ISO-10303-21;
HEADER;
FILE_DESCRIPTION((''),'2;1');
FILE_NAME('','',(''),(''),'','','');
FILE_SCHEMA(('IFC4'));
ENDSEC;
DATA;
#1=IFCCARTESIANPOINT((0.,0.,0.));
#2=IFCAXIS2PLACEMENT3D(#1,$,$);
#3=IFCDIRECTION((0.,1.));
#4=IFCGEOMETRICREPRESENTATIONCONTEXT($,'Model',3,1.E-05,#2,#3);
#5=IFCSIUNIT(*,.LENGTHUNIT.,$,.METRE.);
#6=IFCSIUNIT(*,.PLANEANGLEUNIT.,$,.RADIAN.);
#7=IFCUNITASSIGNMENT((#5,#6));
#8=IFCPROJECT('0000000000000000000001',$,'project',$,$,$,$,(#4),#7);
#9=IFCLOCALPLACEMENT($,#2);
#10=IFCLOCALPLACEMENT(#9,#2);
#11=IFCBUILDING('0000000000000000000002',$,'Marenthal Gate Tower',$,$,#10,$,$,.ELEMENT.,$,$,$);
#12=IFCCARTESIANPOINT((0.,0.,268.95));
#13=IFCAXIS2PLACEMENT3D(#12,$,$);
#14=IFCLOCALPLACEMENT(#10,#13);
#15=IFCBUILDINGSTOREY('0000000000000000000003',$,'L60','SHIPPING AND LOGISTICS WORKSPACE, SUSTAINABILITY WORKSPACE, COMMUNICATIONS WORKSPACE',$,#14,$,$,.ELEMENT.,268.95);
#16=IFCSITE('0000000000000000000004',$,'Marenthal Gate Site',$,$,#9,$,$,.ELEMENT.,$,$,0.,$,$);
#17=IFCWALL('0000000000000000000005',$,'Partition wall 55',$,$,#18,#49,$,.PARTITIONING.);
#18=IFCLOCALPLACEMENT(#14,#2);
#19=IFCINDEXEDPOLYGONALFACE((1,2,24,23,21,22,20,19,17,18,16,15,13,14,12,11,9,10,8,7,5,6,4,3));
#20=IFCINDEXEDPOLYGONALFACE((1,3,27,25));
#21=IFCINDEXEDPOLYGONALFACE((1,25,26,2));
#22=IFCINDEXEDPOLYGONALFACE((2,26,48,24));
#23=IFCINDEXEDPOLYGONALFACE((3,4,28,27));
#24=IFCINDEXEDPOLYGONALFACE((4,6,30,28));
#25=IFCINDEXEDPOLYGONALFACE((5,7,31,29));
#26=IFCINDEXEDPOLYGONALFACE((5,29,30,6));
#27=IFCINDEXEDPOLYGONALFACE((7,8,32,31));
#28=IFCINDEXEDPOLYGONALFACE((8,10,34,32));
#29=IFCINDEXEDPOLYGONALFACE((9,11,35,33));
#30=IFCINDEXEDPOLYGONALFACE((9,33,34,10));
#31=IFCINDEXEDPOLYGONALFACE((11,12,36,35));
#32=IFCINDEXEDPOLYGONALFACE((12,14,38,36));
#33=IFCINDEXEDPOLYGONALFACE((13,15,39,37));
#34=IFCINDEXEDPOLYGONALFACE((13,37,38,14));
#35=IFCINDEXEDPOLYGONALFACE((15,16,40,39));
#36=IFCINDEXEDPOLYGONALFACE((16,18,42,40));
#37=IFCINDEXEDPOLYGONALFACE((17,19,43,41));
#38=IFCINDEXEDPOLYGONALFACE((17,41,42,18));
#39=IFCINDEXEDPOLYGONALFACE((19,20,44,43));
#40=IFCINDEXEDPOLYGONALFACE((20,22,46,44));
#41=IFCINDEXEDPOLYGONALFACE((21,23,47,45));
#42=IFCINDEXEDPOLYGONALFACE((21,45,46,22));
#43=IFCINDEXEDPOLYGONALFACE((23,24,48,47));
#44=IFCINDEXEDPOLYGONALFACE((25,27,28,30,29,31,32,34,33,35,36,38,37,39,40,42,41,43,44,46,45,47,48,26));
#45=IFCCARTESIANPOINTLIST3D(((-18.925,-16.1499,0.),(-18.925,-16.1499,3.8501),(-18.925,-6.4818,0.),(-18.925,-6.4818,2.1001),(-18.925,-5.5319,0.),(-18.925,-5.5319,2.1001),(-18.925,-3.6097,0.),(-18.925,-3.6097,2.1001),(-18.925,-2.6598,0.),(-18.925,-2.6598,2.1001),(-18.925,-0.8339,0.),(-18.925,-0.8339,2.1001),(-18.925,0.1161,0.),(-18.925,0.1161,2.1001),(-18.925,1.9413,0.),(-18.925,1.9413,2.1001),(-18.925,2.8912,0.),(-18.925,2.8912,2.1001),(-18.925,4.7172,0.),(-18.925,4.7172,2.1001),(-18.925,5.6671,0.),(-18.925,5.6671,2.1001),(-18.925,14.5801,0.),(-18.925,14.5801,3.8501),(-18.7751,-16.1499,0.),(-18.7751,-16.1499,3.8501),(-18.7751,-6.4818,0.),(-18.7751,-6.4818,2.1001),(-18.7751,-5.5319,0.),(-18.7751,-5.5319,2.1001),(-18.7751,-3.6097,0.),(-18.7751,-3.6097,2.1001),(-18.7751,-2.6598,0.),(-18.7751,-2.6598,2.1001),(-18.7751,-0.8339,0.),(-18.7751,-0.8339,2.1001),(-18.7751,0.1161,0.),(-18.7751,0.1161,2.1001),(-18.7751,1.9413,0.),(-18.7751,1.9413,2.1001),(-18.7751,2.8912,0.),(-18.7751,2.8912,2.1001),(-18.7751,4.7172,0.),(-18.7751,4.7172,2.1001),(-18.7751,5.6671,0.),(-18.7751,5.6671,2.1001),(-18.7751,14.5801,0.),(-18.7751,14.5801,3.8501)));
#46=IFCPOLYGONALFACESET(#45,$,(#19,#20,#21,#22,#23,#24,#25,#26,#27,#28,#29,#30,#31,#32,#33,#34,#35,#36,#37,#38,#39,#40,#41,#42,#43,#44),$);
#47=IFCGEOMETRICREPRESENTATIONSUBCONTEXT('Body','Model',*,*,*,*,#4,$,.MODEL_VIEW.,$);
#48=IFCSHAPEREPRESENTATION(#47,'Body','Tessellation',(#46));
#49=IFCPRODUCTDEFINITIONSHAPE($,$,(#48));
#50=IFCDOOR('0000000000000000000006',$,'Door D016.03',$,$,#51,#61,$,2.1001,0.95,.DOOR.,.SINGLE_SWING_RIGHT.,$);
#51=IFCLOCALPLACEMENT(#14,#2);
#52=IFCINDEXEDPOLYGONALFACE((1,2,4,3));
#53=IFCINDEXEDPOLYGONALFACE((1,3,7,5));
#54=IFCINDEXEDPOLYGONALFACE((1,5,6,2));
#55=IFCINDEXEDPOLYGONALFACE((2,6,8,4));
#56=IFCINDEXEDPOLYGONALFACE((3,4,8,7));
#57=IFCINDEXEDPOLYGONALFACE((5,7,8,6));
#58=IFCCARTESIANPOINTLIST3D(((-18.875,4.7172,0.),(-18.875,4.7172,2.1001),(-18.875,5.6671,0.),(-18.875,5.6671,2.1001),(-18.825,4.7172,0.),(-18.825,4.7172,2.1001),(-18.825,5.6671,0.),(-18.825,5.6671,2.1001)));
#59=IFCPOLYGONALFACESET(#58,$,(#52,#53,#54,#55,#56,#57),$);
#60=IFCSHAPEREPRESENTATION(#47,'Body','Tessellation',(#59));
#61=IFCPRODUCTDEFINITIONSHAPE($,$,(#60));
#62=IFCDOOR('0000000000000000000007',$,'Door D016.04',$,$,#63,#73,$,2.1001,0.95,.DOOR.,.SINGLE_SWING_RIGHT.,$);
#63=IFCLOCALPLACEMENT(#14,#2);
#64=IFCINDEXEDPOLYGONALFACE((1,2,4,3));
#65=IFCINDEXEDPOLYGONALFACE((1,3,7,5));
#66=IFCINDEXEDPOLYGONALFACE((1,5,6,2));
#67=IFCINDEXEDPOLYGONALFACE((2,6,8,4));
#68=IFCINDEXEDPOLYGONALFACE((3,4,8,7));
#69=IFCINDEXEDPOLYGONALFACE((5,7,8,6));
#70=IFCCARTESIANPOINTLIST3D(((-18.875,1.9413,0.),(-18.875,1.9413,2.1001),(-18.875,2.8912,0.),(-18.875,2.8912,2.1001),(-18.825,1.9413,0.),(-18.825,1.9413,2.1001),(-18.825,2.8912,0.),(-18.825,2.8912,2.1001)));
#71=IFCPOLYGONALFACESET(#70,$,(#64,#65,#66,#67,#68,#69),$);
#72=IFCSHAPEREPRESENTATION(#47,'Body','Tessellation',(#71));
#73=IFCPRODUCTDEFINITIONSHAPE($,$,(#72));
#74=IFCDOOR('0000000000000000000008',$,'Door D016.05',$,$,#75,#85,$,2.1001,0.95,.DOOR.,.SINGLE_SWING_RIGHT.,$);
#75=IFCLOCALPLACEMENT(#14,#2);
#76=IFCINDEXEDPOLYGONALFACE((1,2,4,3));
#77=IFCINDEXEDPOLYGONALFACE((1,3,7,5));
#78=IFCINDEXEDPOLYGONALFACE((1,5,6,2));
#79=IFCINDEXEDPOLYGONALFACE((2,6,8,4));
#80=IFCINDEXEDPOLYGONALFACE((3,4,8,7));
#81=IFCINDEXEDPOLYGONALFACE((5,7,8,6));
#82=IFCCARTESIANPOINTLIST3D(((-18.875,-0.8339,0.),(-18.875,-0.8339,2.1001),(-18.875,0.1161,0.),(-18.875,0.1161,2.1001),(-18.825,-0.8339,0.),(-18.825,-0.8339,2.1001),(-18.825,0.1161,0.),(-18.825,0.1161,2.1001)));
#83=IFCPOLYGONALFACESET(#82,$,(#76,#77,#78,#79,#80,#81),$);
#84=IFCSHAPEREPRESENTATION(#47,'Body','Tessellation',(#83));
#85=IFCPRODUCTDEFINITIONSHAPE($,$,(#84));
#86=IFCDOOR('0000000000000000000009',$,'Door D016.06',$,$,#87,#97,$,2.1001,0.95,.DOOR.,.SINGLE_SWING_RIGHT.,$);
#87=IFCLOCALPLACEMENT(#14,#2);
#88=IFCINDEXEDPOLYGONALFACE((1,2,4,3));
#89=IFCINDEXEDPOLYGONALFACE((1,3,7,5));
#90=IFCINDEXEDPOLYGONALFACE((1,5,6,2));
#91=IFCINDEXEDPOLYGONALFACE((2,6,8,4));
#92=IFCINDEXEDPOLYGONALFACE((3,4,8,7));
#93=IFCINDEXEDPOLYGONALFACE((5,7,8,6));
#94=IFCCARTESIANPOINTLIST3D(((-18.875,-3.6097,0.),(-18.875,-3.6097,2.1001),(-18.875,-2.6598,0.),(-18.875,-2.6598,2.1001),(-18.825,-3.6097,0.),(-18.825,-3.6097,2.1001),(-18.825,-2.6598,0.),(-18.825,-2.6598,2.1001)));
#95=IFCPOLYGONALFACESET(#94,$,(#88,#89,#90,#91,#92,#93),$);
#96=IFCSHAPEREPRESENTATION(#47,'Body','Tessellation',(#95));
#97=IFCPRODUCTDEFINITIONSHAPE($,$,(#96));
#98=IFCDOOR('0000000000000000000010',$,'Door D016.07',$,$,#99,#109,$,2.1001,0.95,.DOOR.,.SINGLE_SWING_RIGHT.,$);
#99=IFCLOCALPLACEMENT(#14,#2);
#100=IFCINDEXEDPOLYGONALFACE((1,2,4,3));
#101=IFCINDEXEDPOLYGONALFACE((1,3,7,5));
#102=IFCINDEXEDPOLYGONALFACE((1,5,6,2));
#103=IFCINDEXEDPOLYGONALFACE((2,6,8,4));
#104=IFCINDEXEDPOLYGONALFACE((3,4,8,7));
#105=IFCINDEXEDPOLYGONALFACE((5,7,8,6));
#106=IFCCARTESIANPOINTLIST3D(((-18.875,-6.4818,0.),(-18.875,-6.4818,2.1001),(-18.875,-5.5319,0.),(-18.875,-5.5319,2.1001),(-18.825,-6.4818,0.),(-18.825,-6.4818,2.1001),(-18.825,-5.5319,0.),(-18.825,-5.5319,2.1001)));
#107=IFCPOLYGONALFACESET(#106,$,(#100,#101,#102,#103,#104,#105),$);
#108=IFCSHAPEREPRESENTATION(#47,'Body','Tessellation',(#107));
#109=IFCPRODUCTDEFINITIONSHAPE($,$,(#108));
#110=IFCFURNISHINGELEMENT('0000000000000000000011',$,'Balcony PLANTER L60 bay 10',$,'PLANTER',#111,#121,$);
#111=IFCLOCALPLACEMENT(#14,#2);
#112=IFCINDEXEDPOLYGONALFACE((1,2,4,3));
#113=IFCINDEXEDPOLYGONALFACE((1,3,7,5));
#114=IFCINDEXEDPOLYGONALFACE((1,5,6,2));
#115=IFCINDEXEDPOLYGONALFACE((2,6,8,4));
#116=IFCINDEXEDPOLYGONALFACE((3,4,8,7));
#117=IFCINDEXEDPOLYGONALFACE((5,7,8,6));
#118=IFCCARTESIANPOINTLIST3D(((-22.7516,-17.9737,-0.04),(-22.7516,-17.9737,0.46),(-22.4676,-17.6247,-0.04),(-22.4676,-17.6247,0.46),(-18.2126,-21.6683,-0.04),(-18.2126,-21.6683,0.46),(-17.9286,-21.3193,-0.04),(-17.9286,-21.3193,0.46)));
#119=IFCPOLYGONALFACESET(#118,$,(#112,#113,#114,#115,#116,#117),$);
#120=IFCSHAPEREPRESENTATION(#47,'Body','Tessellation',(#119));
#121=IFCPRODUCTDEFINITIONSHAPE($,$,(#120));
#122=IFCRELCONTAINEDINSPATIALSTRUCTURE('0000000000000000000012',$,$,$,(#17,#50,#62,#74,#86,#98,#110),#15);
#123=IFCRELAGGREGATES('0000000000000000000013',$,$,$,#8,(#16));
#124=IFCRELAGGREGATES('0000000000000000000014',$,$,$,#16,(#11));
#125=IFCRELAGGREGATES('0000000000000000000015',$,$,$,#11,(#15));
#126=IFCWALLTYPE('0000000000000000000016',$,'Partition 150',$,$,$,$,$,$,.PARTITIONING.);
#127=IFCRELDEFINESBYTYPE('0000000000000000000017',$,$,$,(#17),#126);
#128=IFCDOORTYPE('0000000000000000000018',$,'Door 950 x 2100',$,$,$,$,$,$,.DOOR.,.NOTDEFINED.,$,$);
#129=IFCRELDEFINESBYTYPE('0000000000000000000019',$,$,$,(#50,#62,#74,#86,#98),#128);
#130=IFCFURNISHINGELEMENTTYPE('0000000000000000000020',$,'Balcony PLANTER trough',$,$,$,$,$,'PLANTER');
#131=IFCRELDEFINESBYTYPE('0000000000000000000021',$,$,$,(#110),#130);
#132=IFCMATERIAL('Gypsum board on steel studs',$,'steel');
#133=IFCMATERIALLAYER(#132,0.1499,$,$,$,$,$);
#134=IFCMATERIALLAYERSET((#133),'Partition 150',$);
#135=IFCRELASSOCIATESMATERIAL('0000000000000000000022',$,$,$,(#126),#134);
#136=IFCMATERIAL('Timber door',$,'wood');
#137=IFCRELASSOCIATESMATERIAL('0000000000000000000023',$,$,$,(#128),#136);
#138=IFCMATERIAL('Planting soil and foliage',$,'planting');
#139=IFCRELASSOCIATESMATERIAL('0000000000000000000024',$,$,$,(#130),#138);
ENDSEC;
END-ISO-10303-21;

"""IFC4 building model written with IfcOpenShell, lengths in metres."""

from ifc_helpers import new_model, si_unit, direction, frame, frame_2d, origin, origin_2d, place, context, subcontext, project, spatial, rectangle, extrude, material, layer, layer_set, type_object, element, fill, save


model = new_model("IFC4")

# Units and contexts
model_context = context("Model", 3, precision=1e-05, world=origin(), true_north=direction((0.0, 1.0)))
body_context = subcontext(model_context, "Body", "Model", "MODEL_VIEW")
ifc_project = project(units=[si_unit("LENGTHUNIT", "METRE"), si_unit("PLANEANGLEUNIT", "RADIAN")], contexts=[model_context])

# Site, building, storey
site_placement = place(None, origin())
site = spatial("IfcSite", under=ifc_project, at=site_placement, Name="Marenthal Gate Site", CompositionType="ELEMENT", RefElevation=0.0)
building_placement = place(site_placement, origin())
building = spatial("IfcBuilding", under=site, at=building_placement, Name="Marenthal Gate Tower", CompositionType="ELEMENT")
storey_placement = place(building_placement, frame((0.0, 0.0, 268.95)))
storey = spatial("IfcBuildingStorey", under=building, at=storey_placement, Name="L60", Description="SHIPPING AND LOGISTICS WORKSPACE, SUSTAINABILITY WORKSPACE, COMMUNICATIONS WORKSPACE", CompositionType="ELEMENT", Elevation=268.95)

# Wall, openings, doors
ifc_material_1 = material(Name="Gypsum board on steel studs", Category="steel")
ifc_layer_1 = layer(ifc_material_1, 0.1499)
ifc_layer_set_1 = layer_set([ifc_layer_1], Name="Partition 150")
wall_type_1 = type_object("IfcWallType", Name="Partition 150", PredefinedType="PARTITIONING", material=ifc_layer_set_1)
wall_1_placement = place(storey_placement, frame((-18.8501, -16.1499, 0.0), z_axis=(0.0, 0.0, 1.0), x_axis=(0.0, 1.0, 0.0)))
wall_1 = element("IfcWall", 1, at=wall_1_placement, inside=storey, type_object=wall_type_1, Name="Partition wall 55", PredefinedType="PARTITIONING", context=body_context, shape_type="SweptSolid", body=[
    extrude(rectangle(XDim=30.73, YDim=0.1499, at=frame_2d((15.365, 0.0))), origin(), (0.0, 0.0, 1.0), 3.8501),
])
opening_1_placement = place(wall_1_placement, frame((20.8669, 0.0, 0.0)))
opening_1 = element("IfcOpeningElement", 2, at=opening_1_placement, cuts=wall_1, PredefinedType="OPENING", context=body_context, shape_type="SweptSolid", body=[
    extrude(rectangle(XDim=0.95, YDim=2.1001, at=frame_2d((0.4751, 1.05))), frame((0.0, 0.085, 0.0), z_axis=(0.0, -1.0, 0.0), x_axis=(1.0, 0.0, 0.0)), (0.0, 0.0, 1.0), 0.1699),
])
opening_2_placement = place(wall_1_placement, frame((18.0911, 0.0, 0.0)))
opening_2 = element("IfcOpeningElement", 3, at=opening_2_placement, cuts=wall_1, PredefinedType="OPENING", context=body_context, shape_type="SweptSolid", body=[
    extrude(rectangle(XDim=0.95, YDim=2.1001, at=frame_2d((0.4751, 1.05))), frame((0.0, 0.085, 0.0), z_axis=(0.0, -1.0, 0.0), x_axis=(1.0, 0.0, 0.0)), (0.0, 0.0, 1.0), 0.1699),
])
opening_3_placement = place(wall_1_placement, frame((15.3159, 0.0, 0.0)))
opening_3 = element("IfcOpeningElement", 4, at=opening_3_placement, cuts=wall_1, PredefinedType="OPENING", context=body_context, shape_type="SweptSolid", body=[
    extrude(rectangle(XDim=0.95, YDim=2.1001, at=frame_2d((0.4751, 1.05))), frame((0.0, 0.085, 0.0), z_axis=(0.0, -1.0, 0.0), x_axis=(1.0, 0.0, 0.0)), (0.0, 0.0, 1.0), 0.1699),
])
opening_4_placement = place(wall_1_placement, frame((12.54, 0.0, 0.0)))
opening_4 = element("IfcOpeningElement", 5, at=opening_4_placement, cuts=wall_1, PredefinedType="OPENING", context=body_context, shape_type="SweptSolid", body=[
    extrude(rectangle(XDim=0.95, YDim=2.1001, at=frame_2d((0.4751, 1.05))), frame((0.0, 0.085, 0.0), z_axis=(0.0, -1.0, 0.0), x_axis=(1.0, 0.0, 0.0)), (0.0, 0.0, 1.0), 0.1699),
])
opening_5_placement = place(wall_1_placement, frame((9.668, 0.0, 0.0)))
opening_5 = element("IfcOpeningElement", 6, at=opening_5_placement, cuts=wall_1, PredefinedType="OPENING", context=body_context, shape_type="SweptSolid", body=[
    extrude(rectangle(XDim=0.95, YDim=2.1001, at=frame_2d((0.4751, 1.05))), frame((0.0, 0.085, 0.0), z_axis=(0.0, -1.0, 0.0), x_axis=(1.0, 0.0, 0.0)), (0.0, 0.0, 1.0), 0.1699),
])
ifc_material_2 = material(Name="Timber door", Category="wood")
door_type_1 = type_object("IfcDoorType", Name="Door 950 x 2100", OperationType="NOTDEFINED", PredefinedType="DOOR", material=ifc_material_2)
door_1_placement = place(opening_1_placement, origin())
door_1 = element("IfcDoor", 7, at=door_1_placement, inside=storey, type_object=door_type_1, Name="Door D016.03", OperationType="SINGLE_SWING_RIGHT", OverallHeight=2.1001, OverallWidth=0.95, PredefinedType="DOOR", context=body_context, shape_type="SweptSolid", body=[
    extrude(rectangle(XDim=0.95, YDim=2.1001, at=frame_2d((0.4751, 1.05))), frame((0.0, 0.0249, 0.0), z_axis=(0.0, -1.0, 0.0), x_axis=(1.0, 0.0, 0.0)), (0.0, 0.0, 1.0), 0.05),
])
fill(opening_1, door_1)
door_2_placement = place(opening_2_placement, origin())
door_2 = element("IfcDoor", 8, at=door_2_placement, inside=storey, type_object=door_type_1, Name="Door D016.04", OperationType="SINGLE_SWING_RIGHT", OverallHeight=2.1001, OverallWidth=0.95, PredefinedType="DOOR", context=body_context, shape_type="SweptSolid", body=[
    extrude(rectangle(XDim=0.95, YDim=2.1001, at=frame_2d((0.4751, 1.05))), frame((0.0, 0.0249, 0.0), z_axis=(0.0, -1.0, 0.0), x_axis=(1.0, 0.0, 0.0)), (0.0, 0.0, 1.0), 0.05),
])
fill(opening_2, door_2)
door_3_placement = place(opening_3_placement, origin())
door_3 = element("IfcDoor", 9, at=door_3_placement, inside=storey, type_object=door_type_1, Name="Door D016.05", OperationType="SINGLE_SWING_RIGHT", OverallHeight=2.1001, OverallWidth=0.95, PredefinedType="DOOR", context=body_context, shape_type="SweptSolid", body=[
    extrude(rectangle(XDim=0.95, YDim=2.1001, at=frame_2d((0.4751, 1.05))), frame((0.0, 0.0249, 0.0), z_axis=(0.0, -1.0, 0.0), x_axis=(1.0, 0.0, 0.0)), (0.0, 0.0, 1.0), 0.05),
])
fill(opening_3, door_3)
door_4_placement = place(opening_4_placement, origin())
door_4 = element("IfcDoor", 10, at=door_4_placement, inside=storey, type_object=door_type_1, Name="Door D016.06", OperationType="SINGLE_SWING_RIGHT", OverallHeight=2.1001, OverallWidth=0.95, PredefinedType="DOOR", context=body_context, shape_type="SweptSolid", body=[
    extrude(rectangle(XDim=0.95, YDim=2.1001, at=frame_2d((0.4751, 1.05))), frame((0.0, 0.0249, 0.0), z_axis=(0.0, -1.0, 0.0), x_axis=(1.0, 0.0, 0.0)), (0.0, 0.0, 1.0), 0.05),
])
fill(opening_4, door_4)
door_5_placement = place(opening_5_placement, origin())
door_5 = element("IfcDoor", 11, at=door_5_placement, inside=storey, type_object=door_type_1, Name="Door D016.07", OperationType="SINGLE_SWING_RIGHT", OverallHeight=2.1001, OverallWidth=0.95, PredefinedType="DOOR", context=body_context, shape_type="SweptSolid", body=[
    extrude(rectangle(XDim=0.95, YDim=2.1001, at=frame_2d((0.4751, 1.05))), frame((0.0, 0.0249, 0.0), z_axis=(0.0, -1.0, 0.0), x_axis=(1.0, 0.0, 0.0)), (0.0, 0.0, 1.0), 0.05),
])
fill(opening_5, door_5)

# Furnishing element
ifc_material_3 = material(Name="Planting soil and foliage", Category="planting")
furnishing_element_type = type_object("IfcFurnishingElementType", Name="Balcony PLANTER trough", ElementType="PLANTER", material=ifc_material_3)
furnishing_placement = place(storey_placement, frame((-20.3401, -19.6465, -0.04), z_axis=(0.0, 0.0, 1.0), x_axis=(0.775557, -0.631278, 0.0)))
element("IfcFurnishingElement", 12, at=furnishing_placement, inside=storey, type_object=furnishing_element_type, Name="Balcony PLANTER L60 bay 10", ObjectType="PLANTER", context=body_context, shape_type="SweptSolid", body=[
    extrude(rectangle(XDim=5.8525, YDim=0.45, at=origin_2d()), origin(), (0.0, 0.0, 1.0), 0.5),
])

save(model, "model.ifc")
